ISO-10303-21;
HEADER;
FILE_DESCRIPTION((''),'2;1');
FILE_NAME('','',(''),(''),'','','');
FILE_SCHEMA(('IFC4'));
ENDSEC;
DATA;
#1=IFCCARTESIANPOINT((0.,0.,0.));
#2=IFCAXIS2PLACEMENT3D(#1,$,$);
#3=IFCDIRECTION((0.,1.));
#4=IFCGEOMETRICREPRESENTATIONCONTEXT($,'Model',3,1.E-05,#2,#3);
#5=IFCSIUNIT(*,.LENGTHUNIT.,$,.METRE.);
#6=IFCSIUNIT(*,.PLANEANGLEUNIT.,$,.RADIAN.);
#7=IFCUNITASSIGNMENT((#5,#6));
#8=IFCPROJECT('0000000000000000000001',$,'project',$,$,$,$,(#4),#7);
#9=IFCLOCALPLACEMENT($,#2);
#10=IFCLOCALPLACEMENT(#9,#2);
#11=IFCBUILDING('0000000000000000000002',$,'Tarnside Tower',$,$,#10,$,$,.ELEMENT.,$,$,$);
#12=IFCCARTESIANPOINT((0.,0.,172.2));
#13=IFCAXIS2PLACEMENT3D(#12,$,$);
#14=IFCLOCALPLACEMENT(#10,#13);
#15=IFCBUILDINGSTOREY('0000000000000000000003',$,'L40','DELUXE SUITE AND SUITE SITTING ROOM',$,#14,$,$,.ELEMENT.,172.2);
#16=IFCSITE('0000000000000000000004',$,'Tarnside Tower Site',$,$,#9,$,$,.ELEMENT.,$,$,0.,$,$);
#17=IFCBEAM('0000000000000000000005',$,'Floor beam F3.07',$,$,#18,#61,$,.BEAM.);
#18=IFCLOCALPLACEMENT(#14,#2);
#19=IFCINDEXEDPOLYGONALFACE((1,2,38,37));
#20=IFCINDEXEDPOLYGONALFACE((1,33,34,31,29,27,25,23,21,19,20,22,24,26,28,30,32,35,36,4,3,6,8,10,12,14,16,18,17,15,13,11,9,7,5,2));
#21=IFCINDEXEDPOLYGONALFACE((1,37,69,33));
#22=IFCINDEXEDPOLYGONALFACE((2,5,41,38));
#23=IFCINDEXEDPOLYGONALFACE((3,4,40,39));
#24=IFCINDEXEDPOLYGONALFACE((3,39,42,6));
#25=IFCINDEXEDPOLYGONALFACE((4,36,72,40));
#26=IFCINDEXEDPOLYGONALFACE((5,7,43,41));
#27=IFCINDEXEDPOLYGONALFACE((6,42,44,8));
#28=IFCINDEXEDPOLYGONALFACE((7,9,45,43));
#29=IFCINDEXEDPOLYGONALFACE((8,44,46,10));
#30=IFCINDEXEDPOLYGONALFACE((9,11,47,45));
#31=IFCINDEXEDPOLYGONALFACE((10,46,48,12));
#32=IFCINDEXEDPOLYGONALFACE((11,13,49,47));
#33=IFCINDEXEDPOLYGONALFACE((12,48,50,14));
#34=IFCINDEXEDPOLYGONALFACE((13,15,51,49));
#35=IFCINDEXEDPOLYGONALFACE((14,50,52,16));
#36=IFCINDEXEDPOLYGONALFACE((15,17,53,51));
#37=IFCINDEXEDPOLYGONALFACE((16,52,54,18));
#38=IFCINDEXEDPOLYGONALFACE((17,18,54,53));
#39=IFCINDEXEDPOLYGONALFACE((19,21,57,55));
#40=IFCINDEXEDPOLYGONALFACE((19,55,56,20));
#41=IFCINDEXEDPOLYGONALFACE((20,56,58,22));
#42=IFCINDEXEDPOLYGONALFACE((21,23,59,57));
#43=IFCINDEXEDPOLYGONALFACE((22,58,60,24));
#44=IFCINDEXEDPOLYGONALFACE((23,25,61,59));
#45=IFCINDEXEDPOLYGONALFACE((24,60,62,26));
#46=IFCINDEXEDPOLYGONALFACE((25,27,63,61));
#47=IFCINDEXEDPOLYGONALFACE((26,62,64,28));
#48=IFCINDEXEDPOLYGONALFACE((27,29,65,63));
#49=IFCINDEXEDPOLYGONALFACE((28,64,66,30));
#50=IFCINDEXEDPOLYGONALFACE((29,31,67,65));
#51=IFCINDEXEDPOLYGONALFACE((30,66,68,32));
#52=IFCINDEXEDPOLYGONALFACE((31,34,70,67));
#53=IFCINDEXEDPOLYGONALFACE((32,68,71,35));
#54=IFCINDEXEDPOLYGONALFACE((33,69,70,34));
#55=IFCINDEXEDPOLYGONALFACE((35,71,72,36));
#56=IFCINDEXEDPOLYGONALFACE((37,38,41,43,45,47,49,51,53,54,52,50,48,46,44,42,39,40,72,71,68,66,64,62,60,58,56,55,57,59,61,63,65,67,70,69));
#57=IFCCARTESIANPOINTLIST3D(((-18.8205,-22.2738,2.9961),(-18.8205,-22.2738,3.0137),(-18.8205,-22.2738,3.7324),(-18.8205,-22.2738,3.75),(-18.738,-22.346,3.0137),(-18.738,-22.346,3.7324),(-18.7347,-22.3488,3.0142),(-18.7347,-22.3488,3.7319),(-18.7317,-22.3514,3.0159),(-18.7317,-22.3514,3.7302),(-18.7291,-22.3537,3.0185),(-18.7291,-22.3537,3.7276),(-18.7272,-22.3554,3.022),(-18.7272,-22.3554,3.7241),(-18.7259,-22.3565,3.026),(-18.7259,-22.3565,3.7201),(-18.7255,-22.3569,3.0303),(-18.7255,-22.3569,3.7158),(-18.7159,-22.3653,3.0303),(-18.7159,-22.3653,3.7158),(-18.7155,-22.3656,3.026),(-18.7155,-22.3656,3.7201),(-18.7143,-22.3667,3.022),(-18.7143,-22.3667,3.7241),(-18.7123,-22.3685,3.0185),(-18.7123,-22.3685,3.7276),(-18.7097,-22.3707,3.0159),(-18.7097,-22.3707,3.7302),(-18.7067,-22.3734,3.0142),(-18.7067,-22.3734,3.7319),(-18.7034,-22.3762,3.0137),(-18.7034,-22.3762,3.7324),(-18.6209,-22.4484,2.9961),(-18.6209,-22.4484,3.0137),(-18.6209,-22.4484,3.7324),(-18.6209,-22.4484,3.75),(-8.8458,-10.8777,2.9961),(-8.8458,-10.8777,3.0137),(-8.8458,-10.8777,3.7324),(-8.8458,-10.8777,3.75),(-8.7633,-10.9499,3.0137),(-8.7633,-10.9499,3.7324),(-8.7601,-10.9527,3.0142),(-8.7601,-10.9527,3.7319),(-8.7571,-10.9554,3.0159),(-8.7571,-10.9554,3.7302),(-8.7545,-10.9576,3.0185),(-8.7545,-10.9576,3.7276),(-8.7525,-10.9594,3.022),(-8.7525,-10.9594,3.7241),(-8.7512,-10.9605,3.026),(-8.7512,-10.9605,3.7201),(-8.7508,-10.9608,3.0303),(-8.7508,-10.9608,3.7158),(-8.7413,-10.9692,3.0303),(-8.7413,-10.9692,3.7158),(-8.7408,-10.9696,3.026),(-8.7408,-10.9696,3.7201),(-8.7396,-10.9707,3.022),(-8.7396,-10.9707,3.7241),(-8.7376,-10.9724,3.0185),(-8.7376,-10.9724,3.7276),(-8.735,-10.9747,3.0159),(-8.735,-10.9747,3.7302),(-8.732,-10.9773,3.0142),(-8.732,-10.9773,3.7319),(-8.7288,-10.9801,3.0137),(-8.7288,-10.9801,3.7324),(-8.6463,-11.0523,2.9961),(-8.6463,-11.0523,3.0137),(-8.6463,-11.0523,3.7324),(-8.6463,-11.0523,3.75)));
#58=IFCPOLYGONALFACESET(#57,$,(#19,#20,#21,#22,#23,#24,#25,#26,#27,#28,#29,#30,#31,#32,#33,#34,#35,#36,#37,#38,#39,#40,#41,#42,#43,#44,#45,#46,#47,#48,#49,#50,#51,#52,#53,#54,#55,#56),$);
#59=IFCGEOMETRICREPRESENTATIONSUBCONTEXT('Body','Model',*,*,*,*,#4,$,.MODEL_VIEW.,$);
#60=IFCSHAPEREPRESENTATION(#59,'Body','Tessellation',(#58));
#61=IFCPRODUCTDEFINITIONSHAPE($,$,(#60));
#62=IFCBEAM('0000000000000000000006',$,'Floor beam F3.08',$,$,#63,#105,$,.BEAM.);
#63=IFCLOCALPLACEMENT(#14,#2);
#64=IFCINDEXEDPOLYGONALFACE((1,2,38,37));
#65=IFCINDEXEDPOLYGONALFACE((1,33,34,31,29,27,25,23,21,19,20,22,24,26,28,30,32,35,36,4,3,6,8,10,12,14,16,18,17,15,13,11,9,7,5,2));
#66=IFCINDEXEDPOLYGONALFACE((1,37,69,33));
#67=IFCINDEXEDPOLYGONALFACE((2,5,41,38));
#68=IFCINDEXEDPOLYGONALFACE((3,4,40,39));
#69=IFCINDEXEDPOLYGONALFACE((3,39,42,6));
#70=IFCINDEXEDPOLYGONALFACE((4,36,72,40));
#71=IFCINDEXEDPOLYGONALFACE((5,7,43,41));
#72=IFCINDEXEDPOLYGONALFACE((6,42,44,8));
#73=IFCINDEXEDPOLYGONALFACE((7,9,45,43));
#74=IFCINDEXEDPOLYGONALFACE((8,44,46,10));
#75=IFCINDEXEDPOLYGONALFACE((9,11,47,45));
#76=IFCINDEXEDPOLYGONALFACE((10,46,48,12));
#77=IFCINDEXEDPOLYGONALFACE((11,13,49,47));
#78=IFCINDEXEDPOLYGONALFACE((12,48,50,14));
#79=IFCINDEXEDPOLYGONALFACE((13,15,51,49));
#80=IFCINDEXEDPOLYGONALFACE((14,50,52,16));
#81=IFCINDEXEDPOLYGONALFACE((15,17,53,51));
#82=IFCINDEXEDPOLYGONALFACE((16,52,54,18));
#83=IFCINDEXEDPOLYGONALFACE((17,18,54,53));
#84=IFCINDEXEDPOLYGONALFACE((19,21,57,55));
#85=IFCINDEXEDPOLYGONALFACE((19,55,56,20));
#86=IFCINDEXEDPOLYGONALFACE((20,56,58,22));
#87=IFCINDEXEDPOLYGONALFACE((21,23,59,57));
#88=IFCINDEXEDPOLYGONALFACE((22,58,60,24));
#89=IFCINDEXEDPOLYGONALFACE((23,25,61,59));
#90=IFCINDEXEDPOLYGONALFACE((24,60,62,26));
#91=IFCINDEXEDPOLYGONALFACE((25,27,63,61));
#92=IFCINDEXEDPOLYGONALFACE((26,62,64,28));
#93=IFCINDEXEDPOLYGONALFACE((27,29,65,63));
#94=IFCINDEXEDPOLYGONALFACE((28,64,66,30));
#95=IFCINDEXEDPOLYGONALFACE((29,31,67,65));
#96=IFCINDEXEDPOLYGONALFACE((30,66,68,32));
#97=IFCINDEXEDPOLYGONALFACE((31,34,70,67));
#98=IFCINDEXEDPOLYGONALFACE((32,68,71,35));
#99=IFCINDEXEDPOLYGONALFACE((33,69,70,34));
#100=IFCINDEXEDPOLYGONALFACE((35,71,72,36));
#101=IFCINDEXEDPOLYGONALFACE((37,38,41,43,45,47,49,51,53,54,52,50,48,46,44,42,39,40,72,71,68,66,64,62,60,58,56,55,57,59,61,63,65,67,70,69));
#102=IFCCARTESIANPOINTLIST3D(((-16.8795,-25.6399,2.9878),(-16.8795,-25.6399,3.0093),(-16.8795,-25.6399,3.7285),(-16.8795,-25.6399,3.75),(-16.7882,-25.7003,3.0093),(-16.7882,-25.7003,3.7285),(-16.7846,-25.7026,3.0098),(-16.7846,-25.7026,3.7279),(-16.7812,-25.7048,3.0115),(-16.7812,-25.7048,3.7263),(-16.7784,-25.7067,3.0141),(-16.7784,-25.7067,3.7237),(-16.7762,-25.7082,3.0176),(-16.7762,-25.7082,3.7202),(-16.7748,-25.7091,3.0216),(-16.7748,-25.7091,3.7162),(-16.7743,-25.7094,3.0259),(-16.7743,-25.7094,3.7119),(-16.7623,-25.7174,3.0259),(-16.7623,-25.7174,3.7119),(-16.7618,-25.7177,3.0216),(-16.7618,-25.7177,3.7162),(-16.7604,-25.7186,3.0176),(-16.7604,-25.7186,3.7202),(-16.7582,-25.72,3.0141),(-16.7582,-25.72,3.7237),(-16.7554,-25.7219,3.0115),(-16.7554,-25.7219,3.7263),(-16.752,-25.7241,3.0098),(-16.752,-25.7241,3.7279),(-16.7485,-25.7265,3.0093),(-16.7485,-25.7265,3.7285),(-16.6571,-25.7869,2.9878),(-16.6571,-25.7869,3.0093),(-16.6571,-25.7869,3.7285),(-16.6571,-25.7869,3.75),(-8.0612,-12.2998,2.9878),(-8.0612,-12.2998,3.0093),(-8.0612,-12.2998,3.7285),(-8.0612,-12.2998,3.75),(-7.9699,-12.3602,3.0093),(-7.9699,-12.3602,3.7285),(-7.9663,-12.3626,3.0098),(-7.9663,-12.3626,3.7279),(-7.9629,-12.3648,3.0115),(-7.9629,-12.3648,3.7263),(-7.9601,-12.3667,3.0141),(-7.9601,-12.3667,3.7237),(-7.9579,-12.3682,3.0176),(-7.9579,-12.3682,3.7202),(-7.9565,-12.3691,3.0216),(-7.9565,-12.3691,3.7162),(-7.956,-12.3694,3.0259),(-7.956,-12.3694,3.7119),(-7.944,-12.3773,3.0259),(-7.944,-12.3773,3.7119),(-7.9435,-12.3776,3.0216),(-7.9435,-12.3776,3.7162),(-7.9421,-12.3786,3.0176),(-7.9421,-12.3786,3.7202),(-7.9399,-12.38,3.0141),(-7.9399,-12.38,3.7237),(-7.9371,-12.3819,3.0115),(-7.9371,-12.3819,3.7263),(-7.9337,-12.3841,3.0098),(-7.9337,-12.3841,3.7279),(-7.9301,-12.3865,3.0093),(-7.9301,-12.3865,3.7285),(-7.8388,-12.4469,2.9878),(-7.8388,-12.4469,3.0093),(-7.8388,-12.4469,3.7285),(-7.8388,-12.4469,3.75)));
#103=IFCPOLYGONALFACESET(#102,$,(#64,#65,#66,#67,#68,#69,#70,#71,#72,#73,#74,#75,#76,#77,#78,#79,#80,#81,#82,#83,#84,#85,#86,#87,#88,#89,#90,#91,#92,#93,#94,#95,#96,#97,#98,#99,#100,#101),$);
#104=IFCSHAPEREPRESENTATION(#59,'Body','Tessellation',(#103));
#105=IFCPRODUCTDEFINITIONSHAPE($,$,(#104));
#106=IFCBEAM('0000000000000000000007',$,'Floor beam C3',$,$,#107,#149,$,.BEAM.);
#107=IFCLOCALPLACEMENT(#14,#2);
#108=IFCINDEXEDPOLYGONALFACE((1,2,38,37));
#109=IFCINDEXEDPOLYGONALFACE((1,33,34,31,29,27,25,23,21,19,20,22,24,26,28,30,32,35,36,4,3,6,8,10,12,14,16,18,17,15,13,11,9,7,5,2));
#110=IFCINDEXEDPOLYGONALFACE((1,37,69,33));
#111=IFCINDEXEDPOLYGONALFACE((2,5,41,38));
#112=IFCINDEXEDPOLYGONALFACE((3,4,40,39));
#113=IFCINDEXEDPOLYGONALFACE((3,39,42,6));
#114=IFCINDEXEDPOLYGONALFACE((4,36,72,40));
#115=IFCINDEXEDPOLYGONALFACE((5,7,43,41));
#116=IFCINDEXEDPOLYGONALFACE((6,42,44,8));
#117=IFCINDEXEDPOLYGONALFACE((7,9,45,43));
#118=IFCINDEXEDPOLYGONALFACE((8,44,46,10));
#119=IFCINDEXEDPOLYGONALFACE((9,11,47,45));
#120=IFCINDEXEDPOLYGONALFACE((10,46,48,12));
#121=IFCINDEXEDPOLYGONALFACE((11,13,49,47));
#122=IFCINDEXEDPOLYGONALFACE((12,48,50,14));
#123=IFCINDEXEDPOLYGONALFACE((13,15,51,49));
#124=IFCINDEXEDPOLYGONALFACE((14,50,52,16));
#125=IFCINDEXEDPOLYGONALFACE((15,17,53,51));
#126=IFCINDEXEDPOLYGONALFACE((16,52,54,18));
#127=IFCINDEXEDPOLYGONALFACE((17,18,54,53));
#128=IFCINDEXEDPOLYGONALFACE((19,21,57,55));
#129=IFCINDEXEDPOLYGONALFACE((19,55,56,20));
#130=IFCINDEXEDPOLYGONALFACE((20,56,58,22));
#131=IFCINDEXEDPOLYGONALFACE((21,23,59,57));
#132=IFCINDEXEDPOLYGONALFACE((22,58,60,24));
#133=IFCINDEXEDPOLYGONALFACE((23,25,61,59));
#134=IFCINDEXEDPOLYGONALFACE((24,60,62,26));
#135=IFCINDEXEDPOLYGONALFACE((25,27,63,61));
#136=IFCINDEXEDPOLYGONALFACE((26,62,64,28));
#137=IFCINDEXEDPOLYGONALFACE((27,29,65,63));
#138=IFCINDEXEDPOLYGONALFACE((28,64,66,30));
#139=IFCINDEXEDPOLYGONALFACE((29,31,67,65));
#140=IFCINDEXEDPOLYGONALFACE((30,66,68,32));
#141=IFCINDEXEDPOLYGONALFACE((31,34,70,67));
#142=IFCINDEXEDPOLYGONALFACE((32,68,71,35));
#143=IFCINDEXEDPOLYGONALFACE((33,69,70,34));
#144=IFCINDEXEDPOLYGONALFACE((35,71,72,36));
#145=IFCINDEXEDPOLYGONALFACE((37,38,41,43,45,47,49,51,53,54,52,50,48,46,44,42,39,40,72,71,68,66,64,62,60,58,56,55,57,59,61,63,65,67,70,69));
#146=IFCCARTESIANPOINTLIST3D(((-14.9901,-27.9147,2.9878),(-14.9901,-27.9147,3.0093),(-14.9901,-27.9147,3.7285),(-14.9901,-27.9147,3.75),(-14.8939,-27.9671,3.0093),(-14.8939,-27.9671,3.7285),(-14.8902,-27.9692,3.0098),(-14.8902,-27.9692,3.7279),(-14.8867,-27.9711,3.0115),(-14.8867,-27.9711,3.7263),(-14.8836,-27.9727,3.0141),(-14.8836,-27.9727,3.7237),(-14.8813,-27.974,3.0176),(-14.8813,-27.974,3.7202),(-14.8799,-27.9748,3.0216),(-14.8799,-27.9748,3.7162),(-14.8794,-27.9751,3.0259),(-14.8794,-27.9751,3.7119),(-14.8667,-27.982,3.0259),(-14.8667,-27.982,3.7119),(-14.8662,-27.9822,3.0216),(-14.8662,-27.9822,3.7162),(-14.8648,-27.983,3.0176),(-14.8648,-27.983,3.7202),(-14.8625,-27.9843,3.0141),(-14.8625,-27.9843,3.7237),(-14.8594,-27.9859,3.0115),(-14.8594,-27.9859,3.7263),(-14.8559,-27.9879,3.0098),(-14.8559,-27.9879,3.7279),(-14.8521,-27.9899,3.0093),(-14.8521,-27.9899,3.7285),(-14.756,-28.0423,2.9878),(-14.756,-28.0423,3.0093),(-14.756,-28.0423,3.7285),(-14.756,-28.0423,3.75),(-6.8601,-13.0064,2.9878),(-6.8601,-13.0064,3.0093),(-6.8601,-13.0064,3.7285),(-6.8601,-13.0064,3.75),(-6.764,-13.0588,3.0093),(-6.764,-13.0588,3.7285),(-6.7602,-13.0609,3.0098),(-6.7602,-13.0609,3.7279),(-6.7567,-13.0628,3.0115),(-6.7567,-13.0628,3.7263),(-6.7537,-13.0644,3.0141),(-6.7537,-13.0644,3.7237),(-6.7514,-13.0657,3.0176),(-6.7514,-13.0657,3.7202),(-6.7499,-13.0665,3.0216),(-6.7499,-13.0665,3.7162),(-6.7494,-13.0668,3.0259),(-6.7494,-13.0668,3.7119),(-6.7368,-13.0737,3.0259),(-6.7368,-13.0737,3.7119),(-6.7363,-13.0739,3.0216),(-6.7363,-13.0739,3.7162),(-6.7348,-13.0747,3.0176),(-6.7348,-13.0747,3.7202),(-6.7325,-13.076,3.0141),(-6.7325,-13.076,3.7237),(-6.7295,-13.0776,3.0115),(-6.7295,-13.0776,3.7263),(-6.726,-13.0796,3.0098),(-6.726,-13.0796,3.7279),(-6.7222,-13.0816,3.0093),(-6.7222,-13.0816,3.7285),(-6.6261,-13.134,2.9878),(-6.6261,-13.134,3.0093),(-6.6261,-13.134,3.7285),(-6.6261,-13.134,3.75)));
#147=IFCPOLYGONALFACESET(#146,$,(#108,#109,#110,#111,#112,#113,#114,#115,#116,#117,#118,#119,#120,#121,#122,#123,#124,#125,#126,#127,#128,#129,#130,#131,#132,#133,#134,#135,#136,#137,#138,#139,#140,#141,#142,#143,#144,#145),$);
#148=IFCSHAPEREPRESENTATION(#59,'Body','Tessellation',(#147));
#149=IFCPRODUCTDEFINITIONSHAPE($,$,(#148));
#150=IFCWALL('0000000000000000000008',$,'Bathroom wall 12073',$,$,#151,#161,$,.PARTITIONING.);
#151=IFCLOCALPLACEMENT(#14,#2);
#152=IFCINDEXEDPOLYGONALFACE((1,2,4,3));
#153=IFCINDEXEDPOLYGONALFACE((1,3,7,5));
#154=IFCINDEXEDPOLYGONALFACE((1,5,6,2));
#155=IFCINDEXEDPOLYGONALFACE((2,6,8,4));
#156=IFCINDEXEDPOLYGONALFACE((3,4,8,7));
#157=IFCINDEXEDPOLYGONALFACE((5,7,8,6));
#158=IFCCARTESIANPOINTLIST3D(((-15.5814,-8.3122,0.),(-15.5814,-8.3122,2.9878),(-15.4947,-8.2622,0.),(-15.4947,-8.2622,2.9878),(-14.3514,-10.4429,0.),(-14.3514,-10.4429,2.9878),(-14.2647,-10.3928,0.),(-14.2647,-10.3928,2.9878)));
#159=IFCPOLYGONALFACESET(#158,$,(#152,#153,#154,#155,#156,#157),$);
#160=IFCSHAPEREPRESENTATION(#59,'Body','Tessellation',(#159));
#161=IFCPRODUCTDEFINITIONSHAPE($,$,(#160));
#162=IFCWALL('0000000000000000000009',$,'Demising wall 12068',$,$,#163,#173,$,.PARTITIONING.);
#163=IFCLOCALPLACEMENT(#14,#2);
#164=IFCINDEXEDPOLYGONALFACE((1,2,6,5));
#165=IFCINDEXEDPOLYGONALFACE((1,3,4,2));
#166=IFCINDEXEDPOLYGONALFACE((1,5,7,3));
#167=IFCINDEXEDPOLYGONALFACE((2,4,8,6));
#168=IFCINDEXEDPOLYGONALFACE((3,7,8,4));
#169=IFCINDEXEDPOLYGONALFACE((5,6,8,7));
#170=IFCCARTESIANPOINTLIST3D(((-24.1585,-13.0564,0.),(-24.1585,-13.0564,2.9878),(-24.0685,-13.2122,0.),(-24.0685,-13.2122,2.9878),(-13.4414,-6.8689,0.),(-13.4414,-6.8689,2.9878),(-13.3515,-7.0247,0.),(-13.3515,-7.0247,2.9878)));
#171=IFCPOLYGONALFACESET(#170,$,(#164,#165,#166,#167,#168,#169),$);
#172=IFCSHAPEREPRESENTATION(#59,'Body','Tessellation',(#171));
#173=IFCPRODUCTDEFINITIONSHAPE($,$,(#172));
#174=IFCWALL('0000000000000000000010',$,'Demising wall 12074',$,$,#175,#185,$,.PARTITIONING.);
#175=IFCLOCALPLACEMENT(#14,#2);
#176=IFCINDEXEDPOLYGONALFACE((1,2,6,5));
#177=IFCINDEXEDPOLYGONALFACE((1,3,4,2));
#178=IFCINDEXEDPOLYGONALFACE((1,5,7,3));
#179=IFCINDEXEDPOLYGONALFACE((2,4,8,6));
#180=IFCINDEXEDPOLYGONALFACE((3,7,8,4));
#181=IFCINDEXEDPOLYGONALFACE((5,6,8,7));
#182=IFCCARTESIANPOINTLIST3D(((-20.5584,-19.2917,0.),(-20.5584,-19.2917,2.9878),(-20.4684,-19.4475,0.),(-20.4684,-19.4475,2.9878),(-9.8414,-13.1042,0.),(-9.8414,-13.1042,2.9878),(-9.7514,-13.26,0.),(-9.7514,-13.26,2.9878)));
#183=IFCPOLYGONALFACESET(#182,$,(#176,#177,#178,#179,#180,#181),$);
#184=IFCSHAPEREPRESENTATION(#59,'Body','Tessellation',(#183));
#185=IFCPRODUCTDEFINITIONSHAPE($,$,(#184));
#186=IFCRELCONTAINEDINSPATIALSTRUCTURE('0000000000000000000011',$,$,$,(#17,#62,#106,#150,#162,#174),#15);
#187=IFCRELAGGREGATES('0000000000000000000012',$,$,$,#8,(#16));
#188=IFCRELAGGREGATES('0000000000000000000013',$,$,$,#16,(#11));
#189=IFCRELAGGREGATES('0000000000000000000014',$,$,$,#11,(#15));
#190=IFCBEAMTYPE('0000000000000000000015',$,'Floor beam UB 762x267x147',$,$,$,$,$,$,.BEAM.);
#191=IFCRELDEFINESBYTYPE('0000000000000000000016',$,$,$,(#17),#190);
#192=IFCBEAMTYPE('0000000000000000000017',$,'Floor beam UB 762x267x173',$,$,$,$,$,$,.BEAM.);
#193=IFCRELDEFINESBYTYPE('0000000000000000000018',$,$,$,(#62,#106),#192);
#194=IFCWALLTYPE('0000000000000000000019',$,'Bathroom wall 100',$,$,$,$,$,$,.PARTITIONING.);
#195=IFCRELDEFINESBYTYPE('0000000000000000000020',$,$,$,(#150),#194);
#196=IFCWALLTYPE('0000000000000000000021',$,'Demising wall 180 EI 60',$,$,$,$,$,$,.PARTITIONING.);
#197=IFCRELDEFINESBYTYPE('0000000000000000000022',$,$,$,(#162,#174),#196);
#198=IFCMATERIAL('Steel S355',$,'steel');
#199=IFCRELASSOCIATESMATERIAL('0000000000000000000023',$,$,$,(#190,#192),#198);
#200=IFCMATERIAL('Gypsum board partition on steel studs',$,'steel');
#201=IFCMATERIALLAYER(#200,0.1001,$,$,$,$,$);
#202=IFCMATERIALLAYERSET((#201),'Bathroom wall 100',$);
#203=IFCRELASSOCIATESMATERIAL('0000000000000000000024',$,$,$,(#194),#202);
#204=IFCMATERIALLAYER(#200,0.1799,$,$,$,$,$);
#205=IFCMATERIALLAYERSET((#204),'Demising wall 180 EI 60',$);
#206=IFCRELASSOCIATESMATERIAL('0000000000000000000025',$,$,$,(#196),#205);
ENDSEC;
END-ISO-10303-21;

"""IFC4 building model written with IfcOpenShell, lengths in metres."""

from ifc_helpers import new_model, si_unit, direction, frame, frame_2d, origin, origin_2d, place, context, subcontext, project, spatial, rectangle, i_section, extrude, material, layer, layer_set, material_profile, profile_set, type_object, element, save


model = new_model("IFC4")

# Units and contexts
model_context = context("Model", 3, precision=1e-05, world=origin(), true_north=direction((0.0, 1.0)))
body_context = subcontext(model_context, "Body", "Model", "MODEL_VIEW")
ifc_project = project(units=[si_unit("LENGTHUNIT", "METRE"), si_unit("PLANEANGLEUNIT", "RADIAN")], contexts=[model_context])

# Site, building, storey
site_placement = place(None, origin())
site = spatial("IfcSite", under=ifc_project, at=site_placement, Name="Tarnside Tower Site", CompositionType="ELEMENT", RefElevation=0.0)
building_placement = place(site_placement, origin())
building = spatial("IfcBuilding", under=site, at=building_placement, Name="Tarnside Tower", CompositionType="ELEMENT")
storey_placement = place(building_placement, frame((0.0, 0.0, 172.2)))
storey = spatial("IfcBuildingStorey", under=building, at=storey_placement, Name="L40", Description="DELUXE SUITE AND SUITE SITTING ROOM", CompositionType="ELEMENT", Elevation=172.2)

# Beams
ifc_material_1 = material(Name="Steel S355", Category="steel")
ifc_material_profile_1 = material_profile(ifc_material_1, i_section(OverallWidth=0.2651, OverallDepth=0.7539, WebThickness=0.0127, FlangeThickness=0.0176, FilletRadius=0.0166, at=origin_2d()), Name="UB 762x267x147")
ifc_profile_set_1 = profile_set([ifc_material_profile_1], Name="Steel S355")
beam_type_1 = type_object("IfcBeamType", Name="Floor beam UB 762x267x147", PredefinedType="BEAM", material=ifc_profile_set_1)
beam_1_placement = place(storey_placement, frame((-18.7207, -22.3611, 3.373), z_axis=(0.658621, 0.752475, 0.0), x_axis=(-0.752475, 0.658621, 0.0)))
element("IfcBeam", 1, at=beam_1_placement, inside=storey, type_object=beam_type_1, Name="Floor beam F3.07", PredefinedType="BEAM", context=body_context, shape_type="SweptSolid", body=[
    extrude(i_section(OverallWidth=0.2651, OverallDepth=0.7539, WebThickness=0.0127, FlangeThickness=0.0176, FilletRadius=0.0166, at=origin_2d()), origin(), (0.0, 0.0, 1.0), 15.1448),
])
ifc_material_profile_2 = material_profile(ifc_material_1, i_section(OverallWidth=0.2666, OverallDepth=0.7622, WebThickness=0.0144, FlangeThickness=0.0215, FilletRadius=0.0166, at=origin_2d()), Name="UB 762x267x173")
ifc_profile_set_2 = profile_set([ifc_material_profile_2], Name="Steel S355")
beam_type_2 = type_object("IfcBeamType", Name="Floor beam UB 762x267x173", PredefinedType="BEAM", material=ifc_profile_set_2)
beam_2_placement = place(storey_placement, frame((-16.7683, -25.7134, 3.3689), z_axis=(0.551448, 0.83421, 0.0), x_axis=(-0.83421, 0.551448, 0.0)))
element("IfcBeam", 2, at=beam_2_placement, inside=storey, type_object=beam_type_2, Name="Floor beam F3.08", PredefinedType="BEAM", context=body_context, shape_type="SweptSolid", body=[
    extrude(i_section(OverallWidth=0.2666, OverallDepth=0.7622, WebThickness=0.0144, FlangeThickness=0.0215, FilletRadius=0.0166, at=origin_2d()), origin(), (0.0, 0.0, 1.0), 15.9912),
])
beam_3_placement = place(storey_placement, frame((-14.873, -27.9785, 3.3689), z_axis=(0.478768, 0.877942, 0.0), x_axis=(-0.877942, 0.478768, 0.0)))
element("IfcBeam", 3, at=beam_3_placement, inside=storey, type_object=beam_type_2, Name="Floor beam C3", PredefinedType="BEAM", context=body_context, shape_type="SweptSolid", body=[
    extrude(i_section(OverallWidth=0.2666, OverallDepth=0.7622, WebThickness=0.0144, FlangeThickness=0.0215, FilletRadius=0.0166, at=origin_2d()), origin(), (0.0, 0.0, 1.0), 16.981),
])

# Walls
ifc_material_2 = material(Name="Gypsum board partition on steel studs", Category="steel")
ifc_layer_1 = layer(ifc_material_2, 0.1001)
ifc_layer_set_1 = layer_set([ifc_layer_1], Name="Bathroom wall 100")
wall_type_1 = type_object("IfcWallType", Name="Bathroom wall 100", PredefinedType="PARTITIONING", material=ifc_layer_set_1)
wall_1_placement = place(storey_placement, frame((-14.3081, -10.4177, 0.0), z_axis=(0.0, 0.0, 1.0), x_axis=(-0.49996, 0.866048, 0.0)))
element("IfcWall", 4, at=wall_1_placement, inside=storey, type_object=wall_type_1, Name="Bathroom wall 12073", PredefinedType="PARTITIONING", context=body_context, shape_type="SweptSolid", body=[
    extrude(rectangle(XDim=2.4602, YDim=0.1001, at=frame_2d((1.23, 0.0))), origin(), (0.0, 0.0, 1.0), 2.9878),
])
ifc_layer_2 = layer(ifc_material_2, 0.1799)
ifc_layer_set_2 = layer_set([ifc_layer_2], Name="Demising wall 180 EI 60")
wall_type_2 = type_object("IfcWallType", Name="Demising wall 180 EI 60", PredefinedType="PARTITIONING", material=ifc_layer_set_2)
for number, where, z_axis, x_axis, name in (
    (5, (-24.1135, -13.1343, 0.0), (0.0, 0.0, 1.0), (0.866025, 0.500001, 0.0), "Demising wall 12068"),
    (6, (-20.5134, -19.3696, 0.0), (0.0, 0.0, 1.0), (0.866025, 0.500001, 0.0), "Demising wall 12074"),
):
    element("IfcWall", number, at=place(storey_placement, frame(where, z_axis=z_axis, x_axis=x_axis)), inside=storey, type_object=wall_type_2, Name=name, PredefinedType="PARTITIONING", context=body_context, shape_type="SweptSolid", body=[
        extrude(rectangle(XDim=12.375, YDim=0.1799, at=frame_2d((6.1875, 0.0))), origin(), (0.0, 0.0, 1.0), 2.9878),
    ])

save(model, "model.ifc")
